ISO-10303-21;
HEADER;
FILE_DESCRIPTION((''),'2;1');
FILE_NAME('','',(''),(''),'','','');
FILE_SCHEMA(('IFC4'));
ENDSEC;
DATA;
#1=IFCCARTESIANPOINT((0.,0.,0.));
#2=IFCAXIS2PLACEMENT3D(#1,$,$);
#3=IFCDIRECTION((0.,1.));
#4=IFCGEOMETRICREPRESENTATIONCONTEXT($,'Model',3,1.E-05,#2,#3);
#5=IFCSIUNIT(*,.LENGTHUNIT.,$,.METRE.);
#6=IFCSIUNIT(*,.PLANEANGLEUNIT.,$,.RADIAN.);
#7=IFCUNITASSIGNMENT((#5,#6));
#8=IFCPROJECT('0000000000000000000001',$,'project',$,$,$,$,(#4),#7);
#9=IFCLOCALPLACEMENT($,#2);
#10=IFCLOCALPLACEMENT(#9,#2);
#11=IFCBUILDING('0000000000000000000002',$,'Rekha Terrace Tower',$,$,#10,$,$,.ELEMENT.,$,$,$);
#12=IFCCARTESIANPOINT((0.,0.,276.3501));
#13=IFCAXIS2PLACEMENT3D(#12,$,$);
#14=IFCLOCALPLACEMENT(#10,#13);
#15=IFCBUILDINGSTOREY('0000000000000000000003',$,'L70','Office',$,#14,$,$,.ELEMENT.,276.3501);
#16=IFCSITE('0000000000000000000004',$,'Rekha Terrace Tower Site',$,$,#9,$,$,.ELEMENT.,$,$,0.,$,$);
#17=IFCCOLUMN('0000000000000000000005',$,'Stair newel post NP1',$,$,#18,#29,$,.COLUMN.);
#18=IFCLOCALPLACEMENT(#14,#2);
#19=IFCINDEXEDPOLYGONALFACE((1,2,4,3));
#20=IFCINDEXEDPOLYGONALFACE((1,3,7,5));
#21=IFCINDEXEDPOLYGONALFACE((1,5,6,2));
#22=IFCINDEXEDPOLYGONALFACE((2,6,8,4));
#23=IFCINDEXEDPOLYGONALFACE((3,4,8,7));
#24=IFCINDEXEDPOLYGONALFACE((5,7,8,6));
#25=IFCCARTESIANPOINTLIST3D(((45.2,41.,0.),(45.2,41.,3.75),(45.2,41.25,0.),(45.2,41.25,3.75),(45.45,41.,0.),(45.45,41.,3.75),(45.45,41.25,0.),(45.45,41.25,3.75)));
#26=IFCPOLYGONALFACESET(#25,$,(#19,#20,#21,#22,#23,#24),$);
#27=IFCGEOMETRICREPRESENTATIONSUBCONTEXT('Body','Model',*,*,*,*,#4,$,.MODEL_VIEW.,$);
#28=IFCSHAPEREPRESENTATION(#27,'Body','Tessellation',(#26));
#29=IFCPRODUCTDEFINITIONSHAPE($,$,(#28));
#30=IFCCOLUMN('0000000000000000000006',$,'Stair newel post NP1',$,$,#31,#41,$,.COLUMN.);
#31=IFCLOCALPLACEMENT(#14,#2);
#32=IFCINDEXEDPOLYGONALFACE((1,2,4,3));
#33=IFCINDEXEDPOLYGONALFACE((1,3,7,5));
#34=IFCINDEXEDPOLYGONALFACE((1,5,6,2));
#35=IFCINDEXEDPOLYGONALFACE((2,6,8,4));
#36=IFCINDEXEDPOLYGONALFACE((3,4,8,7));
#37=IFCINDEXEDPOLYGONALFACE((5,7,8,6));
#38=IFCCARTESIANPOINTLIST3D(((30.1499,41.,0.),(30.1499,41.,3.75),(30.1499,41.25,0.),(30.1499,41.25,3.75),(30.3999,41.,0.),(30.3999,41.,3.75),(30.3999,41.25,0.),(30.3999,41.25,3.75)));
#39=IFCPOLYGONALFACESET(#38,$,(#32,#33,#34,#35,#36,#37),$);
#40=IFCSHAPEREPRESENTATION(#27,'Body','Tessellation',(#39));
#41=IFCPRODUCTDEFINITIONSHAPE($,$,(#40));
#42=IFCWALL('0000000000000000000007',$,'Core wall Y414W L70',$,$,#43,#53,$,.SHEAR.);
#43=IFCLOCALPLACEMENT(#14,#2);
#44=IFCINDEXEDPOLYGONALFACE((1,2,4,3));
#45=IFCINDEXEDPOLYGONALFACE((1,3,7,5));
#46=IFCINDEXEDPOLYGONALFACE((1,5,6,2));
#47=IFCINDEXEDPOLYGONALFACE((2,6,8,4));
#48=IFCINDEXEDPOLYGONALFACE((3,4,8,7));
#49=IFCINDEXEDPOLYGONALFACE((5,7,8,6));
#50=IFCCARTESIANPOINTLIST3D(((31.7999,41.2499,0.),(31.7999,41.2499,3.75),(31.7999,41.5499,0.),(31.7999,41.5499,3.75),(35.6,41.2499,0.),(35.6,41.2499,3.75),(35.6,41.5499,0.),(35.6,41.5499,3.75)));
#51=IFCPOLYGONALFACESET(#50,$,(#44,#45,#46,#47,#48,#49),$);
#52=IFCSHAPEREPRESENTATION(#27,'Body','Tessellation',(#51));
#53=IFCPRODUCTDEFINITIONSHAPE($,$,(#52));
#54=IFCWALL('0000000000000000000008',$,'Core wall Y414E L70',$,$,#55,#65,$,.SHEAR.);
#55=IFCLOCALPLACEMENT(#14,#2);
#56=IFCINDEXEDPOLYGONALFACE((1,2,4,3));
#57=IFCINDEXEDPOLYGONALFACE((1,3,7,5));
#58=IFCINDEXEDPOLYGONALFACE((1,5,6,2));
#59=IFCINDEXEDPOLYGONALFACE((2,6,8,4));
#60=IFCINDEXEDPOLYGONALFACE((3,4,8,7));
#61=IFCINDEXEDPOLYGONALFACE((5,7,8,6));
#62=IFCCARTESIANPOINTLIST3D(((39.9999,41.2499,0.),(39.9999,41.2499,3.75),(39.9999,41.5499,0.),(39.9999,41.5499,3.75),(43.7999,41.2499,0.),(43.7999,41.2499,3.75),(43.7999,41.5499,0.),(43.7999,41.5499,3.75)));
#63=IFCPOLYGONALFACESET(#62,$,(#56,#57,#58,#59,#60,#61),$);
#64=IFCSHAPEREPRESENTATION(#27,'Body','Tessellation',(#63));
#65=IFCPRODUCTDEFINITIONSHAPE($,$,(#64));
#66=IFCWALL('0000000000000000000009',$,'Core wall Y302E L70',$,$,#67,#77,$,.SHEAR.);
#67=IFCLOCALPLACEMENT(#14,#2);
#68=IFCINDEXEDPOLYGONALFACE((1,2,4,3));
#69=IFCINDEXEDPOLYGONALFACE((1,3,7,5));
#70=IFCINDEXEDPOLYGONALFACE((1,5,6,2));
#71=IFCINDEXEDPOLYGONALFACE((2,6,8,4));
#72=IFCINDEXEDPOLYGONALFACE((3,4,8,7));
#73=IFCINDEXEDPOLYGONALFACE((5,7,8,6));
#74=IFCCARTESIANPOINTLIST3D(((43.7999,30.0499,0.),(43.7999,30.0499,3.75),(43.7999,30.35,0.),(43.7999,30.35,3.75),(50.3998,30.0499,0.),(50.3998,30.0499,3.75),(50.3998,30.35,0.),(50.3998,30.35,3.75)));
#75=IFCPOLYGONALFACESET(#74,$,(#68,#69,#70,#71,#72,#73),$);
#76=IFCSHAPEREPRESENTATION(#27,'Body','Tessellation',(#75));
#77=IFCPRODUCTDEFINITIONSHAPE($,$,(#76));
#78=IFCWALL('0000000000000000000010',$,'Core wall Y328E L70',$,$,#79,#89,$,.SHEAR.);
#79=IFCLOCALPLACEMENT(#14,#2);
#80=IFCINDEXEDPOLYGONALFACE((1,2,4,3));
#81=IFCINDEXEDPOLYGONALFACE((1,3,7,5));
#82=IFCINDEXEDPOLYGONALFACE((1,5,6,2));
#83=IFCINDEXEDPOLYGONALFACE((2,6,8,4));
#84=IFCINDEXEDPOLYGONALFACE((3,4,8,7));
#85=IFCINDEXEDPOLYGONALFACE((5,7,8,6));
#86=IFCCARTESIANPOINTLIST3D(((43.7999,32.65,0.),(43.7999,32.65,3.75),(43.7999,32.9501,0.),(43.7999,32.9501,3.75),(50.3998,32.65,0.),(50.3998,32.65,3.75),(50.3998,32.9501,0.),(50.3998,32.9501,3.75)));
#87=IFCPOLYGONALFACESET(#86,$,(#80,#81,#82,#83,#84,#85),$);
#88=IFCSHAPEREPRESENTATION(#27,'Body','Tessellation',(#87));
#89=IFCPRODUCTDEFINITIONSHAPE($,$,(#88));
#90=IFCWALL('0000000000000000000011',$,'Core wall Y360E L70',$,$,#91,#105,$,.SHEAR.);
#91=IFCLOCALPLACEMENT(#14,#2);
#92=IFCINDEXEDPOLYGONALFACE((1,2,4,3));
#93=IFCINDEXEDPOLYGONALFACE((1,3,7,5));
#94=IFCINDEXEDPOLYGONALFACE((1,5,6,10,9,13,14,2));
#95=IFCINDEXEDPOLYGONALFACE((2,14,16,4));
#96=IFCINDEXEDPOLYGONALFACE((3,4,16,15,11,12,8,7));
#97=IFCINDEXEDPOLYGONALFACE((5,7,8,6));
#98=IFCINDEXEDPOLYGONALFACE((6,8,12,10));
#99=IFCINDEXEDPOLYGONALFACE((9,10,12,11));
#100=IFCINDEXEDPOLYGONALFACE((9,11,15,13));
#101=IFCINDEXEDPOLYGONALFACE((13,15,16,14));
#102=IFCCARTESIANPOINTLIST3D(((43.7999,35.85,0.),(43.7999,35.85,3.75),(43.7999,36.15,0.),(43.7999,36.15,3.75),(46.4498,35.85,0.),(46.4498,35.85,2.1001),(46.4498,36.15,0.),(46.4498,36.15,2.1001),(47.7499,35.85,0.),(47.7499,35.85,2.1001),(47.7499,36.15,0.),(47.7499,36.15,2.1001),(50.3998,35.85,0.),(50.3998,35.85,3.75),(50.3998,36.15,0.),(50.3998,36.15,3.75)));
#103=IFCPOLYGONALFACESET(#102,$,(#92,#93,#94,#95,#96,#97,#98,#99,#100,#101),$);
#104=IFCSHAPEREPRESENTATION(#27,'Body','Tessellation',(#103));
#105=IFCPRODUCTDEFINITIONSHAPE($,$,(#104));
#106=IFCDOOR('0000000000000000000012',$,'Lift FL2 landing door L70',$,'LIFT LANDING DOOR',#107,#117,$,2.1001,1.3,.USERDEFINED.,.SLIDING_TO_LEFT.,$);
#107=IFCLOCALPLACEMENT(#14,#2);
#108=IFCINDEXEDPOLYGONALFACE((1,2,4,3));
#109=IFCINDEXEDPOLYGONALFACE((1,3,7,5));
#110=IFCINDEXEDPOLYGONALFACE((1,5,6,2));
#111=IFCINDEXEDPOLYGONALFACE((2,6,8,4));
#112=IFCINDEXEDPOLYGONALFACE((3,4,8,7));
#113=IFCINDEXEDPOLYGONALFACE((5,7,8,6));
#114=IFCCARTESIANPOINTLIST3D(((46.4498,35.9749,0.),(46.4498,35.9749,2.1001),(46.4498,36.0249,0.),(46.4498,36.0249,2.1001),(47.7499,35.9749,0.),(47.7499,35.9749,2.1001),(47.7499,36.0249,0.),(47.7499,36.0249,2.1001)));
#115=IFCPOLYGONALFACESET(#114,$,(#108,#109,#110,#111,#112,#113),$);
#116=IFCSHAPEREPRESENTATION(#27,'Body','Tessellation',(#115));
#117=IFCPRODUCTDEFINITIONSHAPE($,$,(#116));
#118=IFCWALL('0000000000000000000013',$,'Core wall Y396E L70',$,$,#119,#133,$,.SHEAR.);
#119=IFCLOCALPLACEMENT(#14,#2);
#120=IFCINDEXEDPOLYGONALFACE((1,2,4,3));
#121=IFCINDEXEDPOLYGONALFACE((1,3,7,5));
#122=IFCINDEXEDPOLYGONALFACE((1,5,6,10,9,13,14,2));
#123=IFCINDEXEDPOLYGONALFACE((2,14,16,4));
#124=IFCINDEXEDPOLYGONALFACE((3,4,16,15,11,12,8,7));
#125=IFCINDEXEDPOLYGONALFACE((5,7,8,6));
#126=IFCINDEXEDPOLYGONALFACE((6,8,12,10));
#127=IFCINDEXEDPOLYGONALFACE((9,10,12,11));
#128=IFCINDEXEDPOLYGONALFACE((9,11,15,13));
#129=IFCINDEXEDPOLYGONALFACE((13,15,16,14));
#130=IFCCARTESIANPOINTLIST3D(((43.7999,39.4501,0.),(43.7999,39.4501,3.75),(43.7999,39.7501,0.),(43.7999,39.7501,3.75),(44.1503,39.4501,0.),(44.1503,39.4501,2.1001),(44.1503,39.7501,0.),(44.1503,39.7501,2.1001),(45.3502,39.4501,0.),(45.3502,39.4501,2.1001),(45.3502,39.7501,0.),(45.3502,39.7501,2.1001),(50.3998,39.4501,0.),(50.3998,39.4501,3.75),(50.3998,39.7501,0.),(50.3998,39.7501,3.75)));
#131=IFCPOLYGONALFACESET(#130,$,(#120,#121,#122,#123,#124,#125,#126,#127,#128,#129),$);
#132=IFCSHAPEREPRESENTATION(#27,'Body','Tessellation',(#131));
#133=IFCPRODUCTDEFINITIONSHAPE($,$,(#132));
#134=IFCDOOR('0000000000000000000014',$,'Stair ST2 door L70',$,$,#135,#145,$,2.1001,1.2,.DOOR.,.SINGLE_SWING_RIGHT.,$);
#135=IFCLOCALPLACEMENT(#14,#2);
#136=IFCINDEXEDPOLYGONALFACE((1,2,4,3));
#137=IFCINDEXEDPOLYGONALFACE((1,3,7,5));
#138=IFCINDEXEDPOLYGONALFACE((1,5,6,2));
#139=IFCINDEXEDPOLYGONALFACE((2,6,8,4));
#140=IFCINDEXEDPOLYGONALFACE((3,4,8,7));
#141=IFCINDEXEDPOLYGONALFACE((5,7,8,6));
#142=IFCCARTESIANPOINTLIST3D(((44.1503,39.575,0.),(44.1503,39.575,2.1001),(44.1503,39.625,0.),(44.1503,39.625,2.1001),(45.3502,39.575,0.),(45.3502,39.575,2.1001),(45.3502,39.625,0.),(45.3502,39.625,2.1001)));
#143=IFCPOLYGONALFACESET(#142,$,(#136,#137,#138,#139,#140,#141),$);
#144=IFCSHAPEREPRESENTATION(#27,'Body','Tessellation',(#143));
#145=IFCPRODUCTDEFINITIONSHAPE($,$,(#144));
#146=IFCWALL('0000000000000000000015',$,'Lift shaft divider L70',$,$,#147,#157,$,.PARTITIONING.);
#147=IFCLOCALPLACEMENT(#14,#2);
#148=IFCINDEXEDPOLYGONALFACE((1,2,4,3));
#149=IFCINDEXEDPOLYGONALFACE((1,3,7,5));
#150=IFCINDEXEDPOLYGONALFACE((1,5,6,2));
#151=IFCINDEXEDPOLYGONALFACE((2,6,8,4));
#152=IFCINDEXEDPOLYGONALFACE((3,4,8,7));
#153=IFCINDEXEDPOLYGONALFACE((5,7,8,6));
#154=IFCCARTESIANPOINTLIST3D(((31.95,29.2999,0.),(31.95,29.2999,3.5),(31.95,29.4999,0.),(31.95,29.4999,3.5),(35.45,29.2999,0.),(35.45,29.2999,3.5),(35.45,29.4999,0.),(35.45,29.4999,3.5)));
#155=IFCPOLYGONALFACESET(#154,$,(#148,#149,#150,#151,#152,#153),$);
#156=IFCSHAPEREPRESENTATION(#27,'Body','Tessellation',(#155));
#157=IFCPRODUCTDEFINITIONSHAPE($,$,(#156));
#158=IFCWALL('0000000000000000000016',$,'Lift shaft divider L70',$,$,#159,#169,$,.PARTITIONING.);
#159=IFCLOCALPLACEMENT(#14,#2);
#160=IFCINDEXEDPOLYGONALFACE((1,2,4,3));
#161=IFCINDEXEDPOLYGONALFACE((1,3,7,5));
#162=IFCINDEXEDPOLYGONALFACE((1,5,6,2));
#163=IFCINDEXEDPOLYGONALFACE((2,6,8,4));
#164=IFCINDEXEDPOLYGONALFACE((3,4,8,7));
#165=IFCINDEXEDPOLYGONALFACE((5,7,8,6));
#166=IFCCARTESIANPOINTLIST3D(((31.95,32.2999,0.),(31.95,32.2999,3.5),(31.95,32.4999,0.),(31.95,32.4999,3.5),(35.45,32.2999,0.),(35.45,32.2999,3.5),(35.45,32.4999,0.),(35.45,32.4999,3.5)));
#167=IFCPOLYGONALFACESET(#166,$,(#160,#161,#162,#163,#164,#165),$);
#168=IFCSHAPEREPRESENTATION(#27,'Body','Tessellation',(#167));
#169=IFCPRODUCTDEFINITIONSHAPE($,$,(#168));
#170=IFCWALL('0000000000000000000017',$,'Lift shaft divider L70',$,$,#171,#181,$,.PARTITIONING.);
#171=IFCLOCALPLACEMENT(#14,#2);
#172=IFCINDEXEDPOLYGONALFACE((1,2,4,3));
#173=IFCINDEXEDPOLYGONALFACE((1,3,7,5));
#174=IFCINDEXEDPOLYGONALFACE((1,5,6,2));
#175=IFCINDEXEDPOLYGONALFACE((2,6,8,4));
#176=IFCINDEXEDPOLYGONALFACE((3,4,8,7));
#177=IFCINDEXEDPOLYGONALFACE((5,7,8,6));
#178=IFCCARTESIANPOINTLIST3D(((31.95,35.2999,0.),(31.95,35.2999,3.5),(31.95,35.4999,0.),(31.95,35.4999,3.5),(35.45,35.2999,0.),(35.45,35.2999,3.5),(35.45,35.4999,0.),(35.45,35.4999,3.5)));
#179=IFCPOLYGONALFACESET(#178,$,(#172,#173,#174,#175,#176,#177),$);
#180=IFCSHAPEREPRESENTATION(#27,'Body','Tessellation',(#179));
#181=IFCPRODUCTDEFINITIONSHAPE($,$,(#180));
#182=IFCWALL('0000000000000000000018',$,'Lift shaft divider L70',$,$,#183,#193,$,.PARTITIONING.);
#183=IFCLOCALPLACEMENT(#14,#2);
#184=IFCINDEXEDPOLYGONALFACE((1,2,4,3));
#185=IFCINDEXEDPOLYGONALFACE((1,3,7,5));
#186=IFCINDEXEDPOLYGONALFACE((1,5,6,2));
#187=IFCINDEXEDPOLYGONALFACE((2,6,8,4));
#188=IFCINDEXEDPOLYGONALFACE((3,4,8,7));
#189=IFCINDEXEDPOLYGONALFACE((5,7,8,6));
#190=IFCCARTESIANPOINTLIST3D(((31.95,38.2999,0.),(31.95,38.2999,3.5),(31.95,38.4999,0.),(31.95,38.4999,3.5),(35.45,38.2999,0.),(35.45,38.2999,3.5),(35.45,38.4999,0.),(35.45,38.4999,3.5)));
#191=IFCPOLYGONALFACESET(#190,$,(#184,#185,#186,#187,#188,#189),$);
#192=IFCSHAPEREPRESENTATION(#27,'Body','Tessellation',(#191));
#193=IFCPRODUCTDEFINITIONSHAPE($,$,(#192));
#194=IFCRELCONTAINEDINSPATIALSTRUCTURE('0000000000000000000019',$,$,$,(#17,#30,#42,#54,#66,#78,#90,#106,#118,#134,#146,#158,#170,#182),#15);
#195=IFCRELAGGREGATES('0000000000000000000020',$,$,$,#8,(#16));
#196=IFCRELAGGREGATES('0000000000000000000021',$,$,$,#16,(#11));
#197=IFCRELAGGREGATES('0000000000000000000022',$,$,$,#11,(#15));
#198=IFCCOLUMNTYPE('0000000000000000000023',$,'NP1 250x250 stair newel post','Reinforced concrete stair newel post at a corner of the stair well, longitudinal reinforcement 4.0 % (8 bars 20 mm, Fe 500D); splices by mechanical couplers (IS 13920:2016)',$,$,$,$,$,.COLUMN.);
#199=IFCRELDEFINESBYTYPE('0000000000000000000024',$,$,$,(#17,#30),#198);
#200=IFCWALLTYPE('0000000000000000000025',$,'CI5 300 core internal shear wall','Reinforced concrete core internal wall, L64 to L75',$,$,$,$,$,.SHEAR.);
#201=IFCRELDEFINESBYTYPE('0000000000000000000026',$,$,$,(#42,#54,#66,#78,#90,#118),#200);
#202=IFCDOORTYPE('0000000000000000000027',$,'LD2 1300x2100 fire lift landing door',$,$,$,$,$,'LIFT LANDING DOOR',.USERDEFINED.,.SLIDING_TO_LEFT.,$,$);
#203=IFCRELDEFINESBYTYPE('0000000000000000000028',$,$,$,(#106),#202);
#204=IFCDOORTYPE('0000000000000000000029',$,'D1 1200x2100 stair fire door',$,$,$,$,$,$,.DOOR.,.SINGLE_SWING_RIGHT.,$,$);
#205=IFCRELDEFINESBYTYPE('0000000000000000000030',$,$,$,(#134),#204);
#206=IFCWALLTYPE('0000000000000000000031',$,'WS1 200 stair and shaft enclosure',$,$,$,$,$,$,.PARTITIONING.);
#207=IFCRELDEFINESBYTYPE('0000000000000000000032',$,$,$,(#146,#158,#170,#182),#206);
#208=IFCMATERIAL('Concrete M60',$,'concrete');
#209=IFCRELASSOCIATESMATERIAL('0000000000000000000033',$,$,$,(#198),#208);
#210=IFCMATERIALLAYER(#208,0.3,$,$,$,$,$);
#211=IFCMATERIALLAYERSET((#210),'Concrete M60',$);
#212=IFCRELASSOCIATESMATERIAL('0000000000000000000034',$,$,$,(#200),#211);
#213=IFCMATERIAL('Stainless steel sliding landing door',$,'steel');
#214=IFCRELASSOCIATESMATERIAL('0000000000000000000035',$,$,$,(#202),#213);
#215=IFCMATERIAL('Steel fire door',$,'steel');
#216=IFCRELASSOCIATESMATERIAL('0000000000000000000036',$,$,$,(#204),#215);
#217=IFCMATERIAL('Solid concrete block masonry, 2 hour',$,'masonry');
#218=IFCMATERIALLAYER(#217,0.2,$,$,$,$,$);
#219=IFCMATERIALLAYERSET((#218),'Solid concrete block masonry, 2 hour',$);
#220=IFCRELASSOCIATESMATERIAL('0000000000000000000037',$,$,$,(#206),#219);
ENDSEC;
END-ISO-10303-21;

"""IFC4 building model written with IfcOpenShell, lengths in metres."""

from ifc_helpers import new_model, si_unit, direction, frame, frame_2d, origin, origin_2d, place, context, subcontext, project, spatial, rectangle, extrude, material, layer, layer_set, material_profile, profile_set, type_object, element, fill, save


model = new_model("IFC4")

# Units and contexts
model_context = context("Model", 3, precision=1e-05, world=origin(), true_north=direction((0.0, 1.0)))
body_context = subcontext(model_context, "Body", "Model", "MODEL_VIEW")
ifc_project = project(units=[si_unit("LENGTHUNIT", "METRE"), si_unit("PLANEANGLEUNIT", "RADIAN")], contexts=[model_context])

# Site, building, storey
site_placement = place(None, origin())
site = spatial("IfcSite", under=ifc_project, at=site_placement, Name="Rekha Terrace Tower Site", CompositionType="ELEMENT", RefElevation=0.0)
building_placement = place(site_placement, origin())
building = spatial("IfcBuilding", under=site, at=building_placement, Name="Rekha Terrace Tower", CompositionType="ELEMENT")
storey_placement = place(building_placement, frame((0.0, 0.0, 276.3501)))
storey = spatial("IfcBuildingStorey", under=building, at=storey_placement, Name="L70", Description="Office", CompositionType="ELEMENT", Elevation=276.3501)

# Columns
ifc_material_1 = material(Name="Concrete M60", Category="concrete")
ifc_material_profile = material_profile(ifc_material_1, rectangle(XDim=0.25, YDim=0.25, at=origin_2d()), Name="RC 250x250")
ifc_profile_set = profile_set([ifc_material_profile], Name="Concrete M60")
column_type = type_object("IfcColumnType", Name="NP1 250x250 stair newel post", Description="Reinforced concrete stair newel post at a corner of the stair well, longitudinal reinforcement 4.0 % (8 bars 20 mm, Fe 500D); splices by mechanical couplers (IS 13920:2016)", PredefinedType="COLUMN", material=ifc_profile_set)
for number, where, z_axis, x_axis, name in (
    (1, (45.325, 41.125, 0.0), (0.0, 0.0, 1.0), (1.0, 0.0, 0.0), "Stair newel post NP1"),
    (2, (30.2749, 41.125, 0.0), (0.0, 0.0, 1.0), (1.0, 0.0, 0.0), "Stair newel post NP1"),
):
    element("IfcColumn", number, at=place(storey_placement, frame(where, z_axis=z_axis, x_axis=x_axis)), inside=storey, type_object=column_type, Name=name, PredefinedType="COLUMN", context=body_context, shape_type="SweptSolid", body=[
        extrude(rectangle(XDim=0.25, YDim=0.25, at=origin_2d()), origin(), (0.0, 0.0, 1.0), 3.75),
    ])

# Walls
ifc_layer_1 = layer(ifc_material_1, 0.3)
ifc_layer_set_1 = layer_set([ifc_layer_1], Name="Concrete M60")
wall_type_1 = type_object("IfcWallType", Name="CI5 300 core internal shear wall", Description="Reinforced concrete core internal wall, L64 to L75", PredefinedType="SHEAR", material=ifc_layer_set_1)
for number, where, z_axis, x_axis, name in (
    (3, (31.8, 41.3999, 0.0), (0.0, 0.0, 1.0), (1.0, 0.0, 0.0), "Core wall Y414W L70"),
    (4, (40.0, 41.3999, 0.0), (0.0, 0.0, 1.0), (1.0, 0.0, 0.0), "Core wall Y414E L70"),
):
    element("IfcWall", number, at=place(storey_placement, frame(where, z_axis=z_axis, x_axis=x_axis)), inside=storey, type_object=wall_type_1, Name=name, PredefinedType="SHEAR", context=body_context, shape_type="SweptSolid", body=[
        extrude(rectangle(XDim=3.8, YDim=0.3, at=frame_2d((1.8999, 0.0))), origin(), (0.0, 0.0, 1.0), 3.75),
    ])
for number, where, z_axis, x_axis, name in (
    (5, (43.8, 30.2, 0.0), (0.0, 0.0, 1.0), (1.0, 0.0, 0.0), "Core wall Y302E L70"),
    (6, (43.8, 32.8, 0.0), (0.0, 0.0, 1.0), (1.0, 0.0, 0.0), "Core wall Y328E L70"),
):
    element("IfcWall", number, at=place(storey_placement, frame(where, z_axis=z_axis, x_axis=x_axis)), inside=storey, type_object=wall_type_1, Name=name, PredefinedType="SHEAR", context=body_context, shape_type="SweptSolid", body=[
        extrude(rectangle(XDim=6.5999, YDim=0.3, at=frame_2d((3.2998, 0.0))), origin(), (0.0, 0.0, 1.0), 3.75),
    ])

# Walls, openings, doors
wall_1_placement = place(storey_placement, frame((43.8, 36.0, 0.0), z_axis=(0.0, 0.0, 1.0), x_axis=(1.0, 0.0, 0.0)))
wall_1 = element("IfcWall", 7, at=wall_1_placement, inside=storey, type_object=wall_type_1, Name="Core wall Y360E L70", PredefinedType="SHEAR", context=body_context, shape_type="SweptSolid", body=[
    extrude(rectangle(XDim=6.5999, YDim=0.3, at=frame_2d((3.2998, 0.0))), origin(), (0.0, 0.0, 1.0), 3.75),
])
opening_1_placement = place(wall_1_placement, frame((2.6499, 0.0, 0.0)))
opening_1 = element("IfcOpeningElement", 8, at=opening_1_placement, cuts=wall_1, PredefinedType="OPENING", context=body_context, shape_type="SweptSolid", body=[
    extrude(rectangle(XDim=1.3, YDim=2.1001, at=frame_2d((0.6499, 1.05))), frame((0.0, 0.1599, 0.0), z_axis=(0.0, -1.0, 0.0), x_axis=(1.0, 0.0, 0.0)), (0.0, 0.0, 1.0), 0.3201),
])
ifc_material_2 = material(Name="Stainless steel sliding landing door", Category="steel")
door_type_1 = type_object("IfcDoorType", Name="LD2 1300x2100 fire lift landing door", ElementType="LIFT LANDING DOOR", OperationType="SLIDING_TO_LEFT", PredefinedType="USERDEFINED", material=ifc_material_2)
door_1_placement = place(opening_1_placement, origin())
door_1 = element("IfcDoor", 9, at=door_1_placement, inside=storey, type_object=door_type_1, Name="Lift FL2 landing door L70", ObjectType="LIFT LANDING DOOR", OperationType="SLIDING_TO_LEFT", OverallHeight=2.1001, OverallWidth=1.3, PredefinedType="USERDEFINED", context=body_context, shape_type="SweptSolid", body=[
    extrude(rectangle(XDim=1.3, YDim=2.1001, at=frame_2d((0.6499, 1.05))), frame((0.0, 0.0249, 0.0), z_axis=(0.0, -1.0, 0.0), x_axis=(1.0, 0.0, 0.0)), (0.0, 0.0, 1.0), 0.05),
])
fill(opening_1, door_1)
wall_2_placement = place(storey_placement, frame((43.8, 39.6001, 0.0), z_axis=(0.0, 0.0, 1.0), x_axis=(1.0, 0.0, 0.0)))
wall_2 = element("IfcWall", 10, at=wall_2_placement, inside=storey, type_object=wall_type_1, Name="Core wall Y396E L70", PredefinedType="SHEAR", context=body_context, shape_type="SweptSolid", body=[
    extrude(rectangle(XDim=6.5999, YDim=0.3, at=frame_2d((3.2998, 0.0))), origin(), (0.0, 0.0, 1.0), 3.75),
])
opening_2_placement = place(wall_2_placement, frame((0.3501, 0.0, 0.0)))
opening_2 = element("IfcOpeningElement", 11, at=opening_2_placement, cuts=wall_2, PredefinedType="OPENING", context=body_context, shape_type="SweptSolid", body=[
    extrude(rectangle(XDim=1.2, YDim=2.1001, at=frame_2d((0.6001, 1.05))), frame((0.0, 0.1599, 0.0), z_axis=(0.0, -1.0, 0.0), x_axis=(1.0, 0.0, 0.0)), (0.0, 0.0, 1.0), 0.3201),
])
ifc_material_3 = material(Name="Steel fire door", Category="steel")
door_type_2 = type_object("IfcDoorType", Name="D1 1200x2100 stair fire door", OperationType="SINGLE_SWING_RIGHT", PredefinedType="DOOR", material=ifc_material_3)
door_2_placement = place(opening_2_placement, origin())
door_2 = element("IfcDoor", 12, at=door_2_placement, inside=storey, type_object=door_type_2, Name="Stair ST2 door L70", OperationType="SINGLE_SWING_RIGHT", OverallHeight=2.1001, OverallWidth=1.2, PredefinedType="DOOR", context=body_context, shape_type="SweptSolid", body=[
    extrude(rectangle(XDim=1.2, YDim=2.1001, at=frame_2d((0.6001, 1.05))), frame((0.0, 0.0249, 0.0), z_axis=(0.0, -1.0, 0.0), x_axis=(1.0, 0.0, 0.0)), (0.0, 0.0, 1.0), 0.05),
])
fill(opening_2, door_2)

# Walls
ifc_material_4 = material(Name="Solid concrete block masonry, 2 hour", Category="masonry")
ifc_layer_2 = layer(ifc_material_4, 0.2)
ifc_layer_set_2 = layer_set([ifc_layer_2], Name="Solid concrete block masonry, 2 hour")
wall_type_2 = type_object("IfcWallType", Name="WS1 200 stair and shaft enclosure", PredefinedType="PARTITIONING", material=ifc_layer_set_2)
for number, where, z_axis, x_axis, name in (
    (13, (31.95, 29.3999, 0.0), (0.0, 0.0, 1.0), (1.0, 0.0, 0.0), "Lift shaft divider L70"),
    (14, (31.95, 32.3999, 0.0), (0.0, 0.0, 1.0), (1.0, 0.0, 0.0), "Lift shaft divider L70"),
    (15, (31.95, 35.3999, 0.0), (0.0, 0.0, 1.0), (1.0, 0.0, 0.0), "Lift shaft divider L70"),
    (16, (31.95, 38.3999, 0.0), (0.0, 0.0, 1.0), (1.0, 0.0, 0.0), "Lift shaft divider L70"),
):
    element("IfcWall", number, at=place(storey_placement, frame(where, z_axis=z_axis, x_axis=x_axis)), inside=storey, type_object=wall_type_2, Name=name, PredefinedType="PARTITIONING", context=body_context, shape_type="SweptSolid", body=[
        extrude(rectangle(XDim=3.5, YDim=0.2, at=frame_2d((1.75, 0.0))), origin(), (0.0, 0.0, 1.0), 3.5),
    ])

save(model, "model.ifc")
